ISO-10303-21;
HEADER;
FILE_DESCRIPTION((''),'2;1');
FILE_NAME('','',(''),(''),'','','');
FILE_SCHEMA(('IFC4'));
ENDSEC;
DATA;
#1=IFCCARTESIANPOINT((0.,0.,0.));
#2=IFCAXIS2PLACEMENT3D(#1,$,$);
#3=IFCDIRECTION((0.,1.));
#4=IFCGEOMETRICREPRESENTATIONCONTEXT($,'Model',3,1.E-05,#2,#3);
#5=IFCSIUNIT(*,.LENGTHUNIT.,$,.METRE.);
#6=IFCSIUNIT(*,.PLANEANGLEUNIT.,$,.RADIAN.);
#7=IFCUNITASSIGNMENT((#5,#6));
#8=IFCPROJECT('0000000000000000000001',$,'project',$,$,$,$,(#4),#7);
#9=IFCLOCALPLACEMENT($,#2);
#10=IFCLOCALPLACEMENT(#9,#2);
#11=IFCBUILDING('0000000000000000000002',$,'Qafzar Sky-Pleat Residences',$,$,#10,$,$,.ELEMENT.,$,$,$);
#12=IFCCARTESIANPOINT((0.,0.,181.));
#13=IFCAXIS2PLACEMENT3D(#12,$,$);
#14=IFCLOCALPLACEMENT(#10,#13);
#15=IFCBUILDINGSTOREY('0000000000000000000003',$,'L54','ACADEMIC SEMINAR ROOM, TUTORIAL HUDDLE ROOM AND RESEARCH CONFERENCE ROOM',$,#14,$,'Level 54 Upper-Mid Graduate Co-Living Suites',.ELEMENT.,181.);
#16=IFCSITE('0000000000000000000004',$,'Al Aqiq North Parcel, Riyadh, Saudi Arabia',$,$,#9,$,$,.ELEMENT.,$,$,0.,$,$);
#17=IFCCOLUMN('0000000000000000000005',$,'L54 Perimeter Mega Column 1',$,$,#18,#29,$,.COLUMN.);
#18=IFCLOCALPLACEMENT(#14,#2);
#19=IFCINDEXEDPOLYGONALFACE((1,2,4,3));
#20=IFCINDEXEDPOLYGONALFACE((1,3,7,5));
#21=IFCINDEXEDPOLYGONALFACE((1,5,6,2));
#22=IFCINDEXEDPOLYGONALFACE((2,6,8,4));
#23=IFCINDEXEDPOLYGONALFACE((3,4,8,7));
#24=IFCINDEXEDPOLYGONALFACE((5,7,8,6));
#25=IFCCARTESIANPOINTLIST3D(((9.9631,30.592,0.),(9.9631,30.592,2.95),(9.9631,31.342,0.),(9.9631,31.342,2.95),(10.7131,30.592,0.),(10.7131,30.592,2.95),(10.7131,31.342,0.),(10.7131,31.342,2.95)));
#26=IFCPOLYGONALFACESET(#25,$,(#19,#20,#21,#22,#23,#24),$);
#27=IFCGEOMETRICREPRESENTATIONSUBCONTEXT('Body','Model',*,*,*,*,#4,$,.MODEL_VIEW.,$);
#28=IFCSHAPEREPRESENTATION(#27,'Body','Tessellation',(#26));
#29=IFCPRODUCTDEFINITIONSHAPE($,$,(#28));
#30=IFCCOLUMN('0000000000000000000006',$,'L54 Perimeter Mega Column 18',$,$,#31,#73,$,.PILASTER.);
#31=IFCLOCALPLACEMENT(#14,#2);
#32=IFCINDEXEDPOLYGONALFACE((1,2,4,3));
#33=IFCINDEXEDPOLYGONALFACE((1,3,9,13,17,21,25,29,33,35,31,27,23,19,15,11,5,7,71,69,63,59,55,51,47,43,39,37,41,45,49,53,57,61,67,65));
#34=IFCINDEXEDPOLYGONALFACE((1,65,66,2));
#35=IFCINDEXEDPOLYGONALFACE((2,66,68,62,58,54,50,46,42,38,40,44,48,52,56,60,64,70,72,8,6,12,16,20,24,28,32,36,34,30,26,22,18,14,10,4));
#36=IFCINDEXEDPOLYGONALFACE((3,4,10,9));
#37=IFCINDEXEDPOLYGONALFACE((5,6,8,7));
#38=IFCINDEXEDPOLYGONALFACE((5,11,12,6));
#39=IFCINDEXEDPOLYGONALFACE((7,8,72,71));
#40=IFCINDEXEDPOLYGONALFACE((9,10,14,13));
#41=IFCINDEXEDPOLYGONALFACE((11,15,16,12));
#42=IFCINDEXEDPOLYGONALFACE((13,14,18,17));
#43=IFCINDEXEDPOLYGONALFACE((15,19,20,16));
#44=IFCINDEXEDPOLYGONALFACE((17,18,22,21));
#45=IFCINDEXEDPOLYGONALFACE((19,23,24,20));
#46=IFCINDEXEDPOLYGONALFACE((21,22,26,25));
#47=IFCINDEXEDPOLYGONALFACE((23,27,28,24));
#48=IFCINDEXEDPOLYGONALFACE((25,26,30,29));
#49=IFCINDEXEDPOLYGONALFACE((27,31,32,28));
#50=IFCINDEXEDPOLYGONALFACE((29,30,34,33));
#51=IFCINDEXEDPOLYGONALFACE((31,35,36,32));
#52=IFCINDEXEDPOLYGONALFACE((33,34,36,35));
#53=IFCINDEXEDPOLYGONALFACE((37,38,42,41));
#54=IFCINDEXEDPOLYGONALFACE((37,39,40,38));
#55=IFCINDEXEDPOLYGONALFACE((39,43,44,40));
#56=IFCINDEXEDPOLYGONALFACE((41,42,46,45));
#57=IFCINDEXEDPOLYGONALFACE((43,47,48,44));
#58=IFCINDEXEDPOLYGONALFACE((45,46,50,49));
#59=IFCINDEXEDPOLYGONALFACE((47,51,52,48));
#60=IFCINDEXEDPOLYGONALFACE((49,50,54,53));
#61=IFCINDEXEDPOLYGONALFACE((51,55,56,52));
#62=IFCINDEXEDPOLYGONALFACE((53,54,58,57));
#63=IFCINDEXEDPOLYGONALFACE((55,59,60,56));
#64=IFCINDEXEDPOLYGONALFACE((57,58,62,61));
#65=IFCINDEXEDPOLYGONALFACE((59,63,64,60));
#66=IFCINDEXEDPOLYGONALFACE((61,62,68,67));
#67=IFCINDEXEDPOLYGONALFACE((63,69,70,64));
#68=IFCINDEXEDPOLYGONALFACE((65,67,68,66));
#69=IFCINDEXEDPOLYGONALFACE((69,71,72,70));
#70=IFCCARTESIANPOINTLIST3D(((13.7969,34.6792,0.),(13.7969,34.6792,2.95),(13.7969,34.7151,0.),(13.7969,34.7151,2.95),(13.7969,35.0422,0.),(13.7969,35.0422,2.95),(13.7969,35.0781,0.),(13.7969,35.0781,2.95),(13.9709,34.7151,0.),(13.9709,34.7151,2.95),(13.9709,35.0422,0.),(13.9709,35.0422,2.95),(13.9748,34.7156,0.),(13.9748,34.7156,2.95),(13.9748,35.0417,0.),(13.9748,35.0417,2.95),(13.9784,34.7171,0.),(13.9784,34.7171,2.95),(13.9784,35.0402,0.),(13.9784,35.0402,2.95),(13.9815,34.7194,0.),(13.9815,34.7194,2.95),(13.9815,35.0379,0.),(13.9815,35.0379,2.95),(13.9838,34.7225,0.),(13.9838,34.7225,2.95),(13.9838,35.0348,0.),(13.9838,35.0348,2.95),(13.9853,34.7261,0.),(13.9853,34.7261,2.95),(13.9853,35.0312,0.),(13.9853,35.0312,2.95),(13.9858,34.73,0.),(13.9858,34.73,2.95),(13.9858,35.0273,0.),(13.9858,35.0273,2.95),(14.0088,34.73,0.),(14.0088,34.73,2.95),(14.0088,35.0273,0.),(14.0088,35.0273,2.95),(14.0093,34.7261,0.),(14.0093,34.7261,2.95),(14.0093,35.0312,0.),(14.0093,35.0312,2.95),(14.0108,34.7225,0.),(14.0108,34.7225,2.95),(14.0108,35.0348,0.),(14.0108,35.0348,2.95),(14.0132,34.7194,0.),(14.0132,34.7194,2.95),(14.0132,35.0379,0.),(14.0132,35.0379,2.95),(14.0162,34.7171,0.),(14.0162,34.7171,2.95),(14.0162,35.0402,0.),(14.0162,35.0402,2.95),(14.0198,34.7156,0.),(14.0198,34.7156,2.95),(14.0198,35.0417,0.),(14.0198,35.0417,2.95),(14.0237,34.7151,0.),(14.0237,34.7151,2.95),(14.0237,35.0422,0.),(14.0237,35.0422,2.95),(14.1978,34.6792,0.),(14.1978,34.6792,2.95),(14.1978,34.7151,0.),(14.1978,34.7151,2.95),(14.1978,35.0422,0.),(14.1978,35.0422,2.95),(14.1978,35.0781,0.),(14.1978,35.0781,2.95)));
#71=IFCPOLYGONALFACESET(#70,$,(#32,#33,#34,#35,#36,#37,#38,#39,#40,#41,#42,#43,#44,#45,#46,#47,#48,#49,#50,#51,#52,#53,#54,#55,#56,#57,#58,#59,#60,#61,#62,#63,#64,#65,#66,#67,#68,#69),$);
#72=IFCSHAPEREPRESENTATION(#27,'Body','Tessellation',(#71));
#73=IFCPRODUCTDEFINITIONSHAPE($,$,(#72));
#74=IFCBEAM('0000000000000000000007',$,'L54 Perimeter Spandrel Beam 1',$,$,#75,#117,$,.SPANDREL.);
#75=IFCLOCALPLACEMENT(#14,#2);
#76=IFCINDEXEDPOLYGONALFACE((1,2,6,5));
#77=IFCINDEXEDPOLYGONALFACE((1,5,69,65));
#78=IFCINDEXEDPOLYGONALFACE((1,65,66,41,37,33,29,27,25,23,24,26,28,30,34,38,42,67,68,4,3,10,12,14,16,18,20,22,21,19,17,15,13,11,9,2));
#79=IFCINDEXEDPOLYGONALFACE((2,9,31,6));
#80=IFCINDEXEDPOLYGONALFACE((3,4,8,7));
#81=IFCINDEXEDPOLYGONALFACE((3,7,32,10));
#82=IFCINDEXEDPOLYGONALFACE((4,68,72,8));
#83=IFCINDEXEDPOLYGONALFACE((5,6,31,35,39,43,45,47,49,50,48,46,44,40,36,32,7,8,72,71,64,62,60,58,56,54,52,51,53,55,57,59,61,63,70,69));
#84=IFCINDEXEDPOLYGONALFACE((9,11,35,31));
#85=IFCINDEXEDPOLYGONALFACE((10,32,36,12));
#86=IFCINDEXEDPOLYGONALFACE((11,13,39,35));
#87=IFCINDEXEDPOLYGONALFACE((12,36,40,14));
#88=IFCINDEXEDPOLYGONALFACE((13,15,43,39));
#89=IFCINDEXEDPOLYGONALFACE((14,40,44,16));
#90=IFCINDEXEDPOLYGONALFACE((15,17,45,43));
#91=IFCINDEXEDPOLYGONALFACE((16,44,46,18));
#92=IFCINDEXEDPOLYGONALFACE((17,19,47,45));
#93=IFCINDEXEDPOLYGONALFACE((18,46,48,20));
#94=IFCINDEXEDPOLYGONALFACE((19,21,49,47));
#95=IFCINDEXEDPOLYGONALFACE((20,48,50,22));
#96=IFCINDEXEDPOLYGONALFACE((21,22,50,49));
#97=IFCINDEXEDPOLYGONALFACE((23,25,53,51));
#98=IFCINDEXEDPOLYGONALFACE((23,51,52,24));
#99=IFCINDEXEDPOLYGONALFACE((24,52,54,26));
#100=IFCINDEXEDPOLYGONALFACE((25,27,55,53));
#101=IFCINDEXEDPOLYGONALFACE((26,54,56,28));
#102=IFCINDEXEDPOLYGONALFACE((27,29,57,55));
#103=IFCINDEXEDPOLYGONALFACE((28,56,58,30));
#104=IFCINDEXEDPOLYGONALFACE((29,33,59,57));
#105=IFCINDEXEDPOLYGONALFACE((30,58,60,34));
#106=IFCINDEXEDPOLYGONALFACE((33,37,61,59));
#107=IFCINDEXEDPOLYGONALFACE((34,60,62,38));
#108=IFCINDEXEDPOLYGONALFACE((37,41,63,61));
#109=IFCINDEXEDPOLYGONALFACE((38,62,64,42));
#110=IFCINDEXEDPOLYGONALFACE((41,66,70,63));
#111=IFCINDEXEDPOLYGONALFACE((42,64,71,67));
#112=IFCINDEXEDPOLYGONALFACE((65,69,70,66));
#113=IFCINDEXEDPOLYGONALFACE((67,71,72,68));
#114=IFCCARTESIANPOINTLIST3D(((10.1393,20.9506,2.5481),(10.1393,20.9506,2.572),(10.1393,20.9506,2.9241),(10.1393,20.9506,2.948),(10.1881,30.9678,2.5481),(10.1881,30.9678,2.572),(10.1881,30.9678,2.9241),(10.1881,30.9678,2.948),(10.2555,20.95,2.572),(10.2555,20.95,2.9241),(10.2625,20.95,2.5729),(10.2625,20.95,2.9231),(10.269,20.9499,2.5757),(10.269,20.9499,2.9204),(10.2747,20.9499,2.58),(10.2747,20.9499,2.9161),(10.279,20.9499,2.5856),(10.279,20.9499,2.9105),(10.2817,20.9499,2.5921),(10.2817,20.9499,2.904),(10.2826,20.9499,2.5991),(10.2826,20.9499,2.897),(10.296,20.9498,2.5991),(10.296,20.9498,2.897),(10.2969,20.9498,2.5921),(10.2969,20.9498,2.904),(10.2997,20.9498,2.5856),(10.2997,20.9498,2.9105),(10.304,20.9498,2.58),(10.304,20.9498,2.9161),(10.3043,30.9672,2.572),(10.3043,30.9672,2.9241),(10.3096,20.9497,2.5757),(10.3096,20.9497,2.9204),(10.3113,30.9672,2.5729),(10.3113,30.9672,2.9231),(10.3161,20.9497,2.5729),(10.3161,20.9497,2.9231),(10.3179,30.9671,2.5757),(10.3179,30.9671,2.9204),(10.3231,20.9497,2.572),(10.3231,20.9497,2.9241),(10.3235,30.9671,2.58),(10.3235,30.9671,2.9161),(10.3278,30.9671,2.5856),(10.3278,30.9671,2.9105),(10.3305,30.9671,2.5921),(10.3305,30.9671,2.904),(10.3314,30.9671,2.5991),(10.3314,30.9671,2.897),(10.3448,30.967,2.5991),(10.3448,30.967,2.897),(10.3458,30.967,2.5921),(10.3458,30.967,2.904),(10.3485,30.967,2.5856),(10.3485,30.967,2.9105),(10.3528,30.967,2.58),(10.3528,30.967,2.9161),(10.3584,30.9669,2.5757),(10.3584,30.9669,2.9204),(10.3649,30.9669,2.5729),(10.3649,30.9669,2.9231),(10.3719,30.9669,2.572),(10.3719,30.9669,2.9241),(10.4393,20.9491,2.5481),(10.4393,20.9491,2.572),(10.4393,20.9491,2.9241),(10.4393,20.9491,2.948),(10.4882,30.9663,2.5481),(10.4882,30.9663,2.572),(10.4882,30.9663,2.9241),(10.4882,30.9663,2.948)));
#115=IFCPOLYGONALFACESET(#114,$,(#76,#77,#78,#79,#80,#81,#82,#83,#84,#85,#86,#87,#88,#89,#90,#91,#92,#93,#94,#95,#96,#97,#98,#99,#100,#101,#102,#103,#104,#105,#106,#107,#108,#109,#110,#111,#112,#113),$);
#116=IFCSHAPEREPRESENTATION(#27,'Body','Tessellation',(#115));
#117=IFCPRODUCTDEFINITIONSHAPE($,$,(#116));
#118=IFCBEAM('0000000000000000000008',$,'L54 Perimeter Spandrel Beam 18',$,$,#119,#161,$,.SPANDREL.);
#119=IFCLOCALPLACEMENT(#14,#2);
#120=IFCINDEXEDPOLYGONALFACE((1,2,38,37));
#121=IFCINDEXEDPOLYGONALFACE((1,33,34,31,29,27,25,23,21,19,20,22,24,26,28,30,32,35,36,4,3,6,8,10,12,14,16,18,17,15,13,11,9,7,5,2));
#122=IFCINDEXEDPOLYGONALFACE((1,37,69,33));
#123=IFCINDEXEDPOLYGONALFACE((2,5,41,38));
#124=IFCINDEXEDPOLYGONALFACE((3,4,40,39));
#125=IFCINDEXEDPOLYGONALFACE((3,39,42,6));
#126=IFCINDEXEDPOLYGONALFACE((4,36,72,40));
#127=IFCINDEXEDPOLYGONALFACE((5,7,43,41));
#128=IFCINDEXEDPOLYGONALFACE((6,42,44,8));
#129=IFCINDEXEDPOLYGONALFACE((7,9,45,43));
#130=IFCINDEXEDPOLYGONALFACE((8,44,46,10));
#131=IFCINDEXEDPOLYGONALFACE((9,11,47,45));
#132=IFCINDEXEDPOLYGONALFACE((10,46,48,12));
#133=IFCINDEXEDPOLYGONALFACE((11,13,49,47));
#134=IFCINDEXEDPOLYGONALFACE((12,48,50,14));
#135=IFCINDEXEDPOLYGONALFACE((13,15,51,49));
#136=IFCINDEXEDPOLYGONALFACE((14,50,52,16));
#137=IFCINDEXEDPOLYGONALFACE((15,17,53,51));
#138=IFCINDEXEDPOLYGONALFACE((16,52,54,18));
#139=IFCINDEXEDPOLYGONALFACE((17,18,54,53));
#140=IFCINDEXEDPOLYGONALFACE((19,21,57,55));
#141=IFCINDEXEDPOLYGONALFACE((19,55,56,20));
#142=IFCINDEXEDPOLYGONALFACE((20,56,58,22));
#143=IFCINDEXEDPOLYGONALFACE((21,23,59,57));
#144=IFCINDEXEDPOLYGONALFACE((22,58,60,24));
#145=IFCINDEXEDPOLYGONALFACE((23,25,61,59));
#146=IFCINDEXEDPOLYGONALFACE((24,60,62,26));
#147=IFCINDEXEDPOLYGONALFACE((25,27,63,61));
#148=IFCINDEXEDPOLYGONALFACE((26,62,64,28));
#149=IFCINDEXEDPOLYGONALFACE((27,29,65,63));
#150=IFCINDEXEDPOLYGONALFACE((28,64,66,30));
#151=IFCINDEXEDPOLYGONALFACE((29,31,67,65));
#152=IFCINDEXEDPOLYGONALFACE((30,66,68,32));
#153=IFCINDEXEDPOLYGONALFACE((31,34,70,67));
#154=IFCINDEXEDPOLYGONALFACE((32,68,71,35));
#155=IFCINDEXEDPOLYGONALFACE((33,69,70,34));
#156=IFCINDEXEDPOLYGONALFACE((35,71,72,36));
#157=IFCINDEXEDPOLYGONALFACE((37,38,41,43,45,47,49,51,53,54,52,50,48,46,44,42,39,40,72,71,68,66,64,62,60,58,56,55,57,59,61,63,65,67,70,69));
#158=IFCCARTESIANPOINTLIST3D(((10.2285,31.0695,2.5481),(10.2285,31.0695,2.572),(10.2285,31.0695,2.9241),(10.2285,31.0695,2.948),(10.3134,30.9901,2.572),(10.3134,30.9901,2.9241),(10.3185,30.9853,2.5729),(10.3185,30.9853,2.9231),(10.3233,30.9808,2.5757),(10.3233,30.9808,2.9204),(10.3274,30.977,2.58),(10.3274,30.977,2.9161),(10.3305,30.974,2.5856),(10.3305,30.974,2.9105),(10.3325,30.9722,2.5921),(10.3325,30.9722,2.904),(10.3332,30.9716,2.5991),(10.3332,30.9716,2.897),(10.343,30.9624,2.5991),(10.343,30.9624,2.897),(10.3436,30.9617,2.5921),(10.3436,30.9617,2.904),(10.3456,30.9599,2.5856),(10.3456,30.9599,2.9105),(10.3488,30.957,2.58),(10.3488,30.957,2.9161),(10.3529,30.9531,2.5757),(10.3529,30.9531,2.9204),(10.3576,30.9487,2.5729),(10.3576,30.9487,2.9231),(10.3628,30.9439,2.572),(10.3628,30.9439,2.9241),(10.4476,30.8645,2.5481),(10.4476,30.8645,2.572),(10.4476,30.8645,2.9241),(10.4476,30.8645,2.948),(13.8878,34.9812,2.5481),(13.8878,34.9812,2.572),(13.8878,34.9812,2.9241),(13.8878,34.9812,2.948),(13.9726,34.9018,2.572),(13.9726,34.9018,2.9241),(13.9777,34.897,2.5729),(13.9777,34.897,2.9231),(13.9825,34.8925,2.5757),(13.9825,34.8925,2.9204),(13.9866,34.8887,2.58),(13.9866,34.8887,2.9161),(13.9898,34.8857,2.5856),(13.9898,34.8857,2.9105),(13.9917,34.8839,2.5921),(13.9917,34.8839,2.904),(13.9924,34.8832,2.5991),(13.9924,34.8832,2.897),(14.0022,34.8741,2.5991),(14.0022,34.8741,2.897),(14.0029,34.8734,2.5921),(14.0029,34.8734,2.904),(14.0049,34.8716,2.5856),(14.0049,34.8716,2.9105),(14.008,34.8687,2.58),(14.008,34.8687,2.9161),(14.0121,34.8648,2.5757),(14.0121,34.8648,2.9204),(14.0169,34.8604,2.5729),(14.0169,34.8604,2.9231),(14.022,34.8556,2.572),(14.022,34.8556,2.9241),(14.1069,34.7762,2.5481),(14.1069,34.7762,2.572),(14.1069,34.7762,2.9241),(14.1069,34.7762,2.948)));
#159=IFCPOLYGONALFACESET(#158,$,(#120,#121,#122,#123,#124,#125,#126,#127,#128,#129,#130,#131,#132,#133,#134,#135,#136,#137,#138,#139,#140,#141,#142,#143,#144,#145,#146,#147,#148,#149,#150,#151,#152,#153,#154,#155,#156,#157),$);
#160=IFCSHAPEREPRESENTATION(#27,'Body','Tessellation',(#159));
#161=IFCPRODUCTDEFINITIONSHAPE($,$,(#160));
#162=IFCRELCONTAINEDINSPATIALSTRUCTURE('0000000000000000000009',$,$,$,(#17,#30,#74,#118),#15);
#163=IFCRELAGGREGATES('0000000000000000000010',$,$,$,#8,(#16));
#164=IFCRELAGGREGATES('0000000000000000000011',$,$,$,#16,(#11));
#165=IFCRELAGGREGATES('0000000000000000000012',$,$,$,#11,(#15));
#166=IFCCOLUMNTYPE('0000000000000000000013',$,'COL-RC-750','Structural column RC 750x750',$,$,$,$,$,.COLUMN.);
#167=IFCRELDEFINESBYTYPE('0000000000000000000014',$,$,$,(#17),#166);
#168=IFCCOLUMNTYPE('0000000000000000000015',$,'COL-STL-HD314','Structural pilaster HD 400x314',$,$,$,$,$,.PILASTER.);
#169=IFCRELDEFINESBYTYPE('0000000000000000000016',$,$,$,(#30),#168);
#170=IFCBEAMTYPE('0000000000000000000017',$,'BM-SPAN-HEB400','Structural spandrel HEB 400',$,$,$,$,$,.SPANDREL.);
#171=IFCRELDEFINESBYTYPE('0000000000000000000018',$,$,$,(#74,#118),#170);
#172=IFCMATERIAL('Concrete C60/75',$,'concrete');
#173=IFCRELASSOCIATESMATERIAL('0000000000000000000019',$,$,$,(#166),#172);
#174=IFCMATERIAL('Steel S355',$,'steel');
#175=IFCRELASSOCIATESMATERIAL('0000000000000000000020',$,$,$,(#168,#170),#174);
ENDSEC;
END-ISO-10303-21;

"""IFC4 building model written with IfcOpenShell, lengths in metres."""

from ifc_helpers import new_model, si_unit, direction, frame, origin, origin_2d, place, context, subcontext, project, spatial, rectangle, i_section, extrude, source, transform, mapped, material, material_profile, profile_set, type_object, element, save


model = new_model("IFC4")

# Units and contexts
model_context = context("Model", 3, precision=1e-05, world=origin(), true_north=direction((0.0, 1.0)))
body_context = subcontext(model_context, "Body", "Model", "MODEL_VIEW")
ifc_project = project(units=[si_unit("LENGTHUNIT", "METRE"), si_unit("PLANEANGLEUNIT", "RADIAN")], contexts=[model_context])

# Site, building, storey
site_placement = place(None, origin())
site = spatial("IfcSite", under=ifc_project, at=site_placement, Name="Al Aqiq North Parcel, Riyadh, Saudi Arabia", CompositionType="ELEMENT", RefElevation=0.0)
building_placement = place(site_placement, origin())
building = spatial("IfcBuilding", under=site, at=building_placement, Name="Qafzar Sky-Pleat Residences", CompositionType="ELEMENT")
storey_placement = place(building_placement, frame((0.0, 0.0, 181.0)))
storey = spatial("IfcBuildingStorey", under=building, at=storey_placement, Name="L54", Description="ACADEMIC SEMINAR ROOM, TUTORIAL HUDDLE ROOM AND RESEARCH CONFERENCE ROOM", LongName="Level 54 Upper-Mid Graduate Co-Living Suites", CompositionType="ELEMENT", Elevation=181.0)

# Columns
ifc_material_1 = material(Name="Concrete C60/75", Category="concrete")
ifc_material_profile_1 = material_profile(ifc_material_1, rectangle(XDim=0.75, YDim=0.75, at=origin_2d()), Name="RC 750x750")
ifc_profile_set_1 = profile_set([ifc_material_profile_1], Name="Concrete C60/75")
column_type_1 = type_object("IfcColumnType", Name="COL-RC-750", Description="Structural column RC 750x750", PredefinedType="COLUMN", material=ifc_profile_set_1)
shared_shape_1 = source(origin(), body_context, "Body", "SweptSolid", [
    extrude(rectangle(XDim=0.75, YDim=0.75, at=origin_2d()), origin(), (0.0, 0.0, 1.0), 2.95),
])
column_1_placement = place(storey_placement, frame((10.3381, 30.967, 0.0), z_axis=(0.0, 0.0, 1.0), x_axis=(1.0, 0.0, 0.0)))
element("IfcColumn", 1, at=column_1_placement, inside=storey, type_object=column_type_1, Name="L54 Perimeter Mega Column 1", PredefinedType="COLUMN", context=body_context, shape_type="MappedRepresentation", body=[
    mapped(shared_shape_1, transform((0.0, 0.0, 0.0), x_axis=(1.0, 0.0, 0.0), y_axis=(0.0, 1.0, 0.0), z_axis=(0.0, 0.0, 1.0), scale=1.0)),
])
ifc_material_2 = material(Name="Steel S355", Category="steel")
ifc_material_profile_2 = material_profile(ifc_material_2, i_section(OverallWidth=0.4009, OverallDepth=0.3989, WebThickness=0.0229, FlangeThickness=0.0359, FilletRadius=0.0149, at=origin_2d()), Name="HD 400x314")
ifc_profile_set_2 = profile_set([ifc_material_profile_2], Name="Steel S355")
column_type_2 = type_object("IfcColumnType", Name="COL-STL-HD314", Description="Structural pilaster HD 400x314", PredefinedType="PILASTER", material=ifc_profile_set_2)
shared_shape_2 = source(origin(), body_context, "Body", "SweptSolid", [
    extrude(i_section(OverallWidth=0.4009, OverallDepth=0.3989, WebThickness=0.0229, FlangeThickness=0.0359, FilletRadius=0.0149, at=origin_2d()), origin(), (0.0, 0.0, 1.0), 2.95),
])
column_2_placement = place(storey_placement, frame((13.9973, 34.8787, 0.0), z_axis=(0.0, 0.0, 1.0), x_axis=(1.0, 0.0, 0.0)))
element("IfcColumn", 2, at=column_2_placement, inside=storey, type_object=column_type_2, Name="L54 Perimeter Mega Column 18", PredefinedType="PILASTER", context=body_context, shape_type="MappedRepresentation", body=[
    mapped(shared_shape_2, transform((0.0, 0.0, 0.0), x_axis=(1.0, 0.0, 0.0), y_axis=(0.0, 1.0, 0.0), z_axis=(0.0, 0.0, 1.0), scale=1.0)),
])

# Beams
ifc_material_profile_3 = material_profile(ifc_material_2, i_section(OverallWidth=0.3, OverallDepth=0.3999, WebThickness=0.0134, FlangeThickness=0.0239, FilletRadius=0.0271, at=origin_2d()), Name="HEB 400")
ifc_profile_set_3 = profile_set([ifc_material_profile_3], Name="Steel S355")
beam_type_1 = type_object("IfcBeamType", Name="BM-SPAN-HEB400", Description="Structural spandrel HEB 400", PredefinedType="SPANDREL", material=ifc_profile_set_3)
shared_shape_3 = source(origin(), body_context, "Body", "SweptSolid", [
    extrude(i_section(OverallWidth=0.3, OverallDepth=0.3999, WebThickness=0.0134, FlangeThickness=0.0239, FilletRadius=0.0271, at=origin_2d()), origin(), (0.0, 0.0, 1.0), 10.0173),
])
beam_1_placement = place(storey_placement, frame((10.3381, 30.967, 2.748), z_axis=(-0.004874, -0.999988, 0.0), x_axis=(0.999988, -0.004874, 0.0)))
element("IfcBeam", 3, at=beam_1_placement, inside=storey, type_object=beam_type_1, Name="L54 Perimeter Spandrel Beam 1", PredefinedType="SPANDREL", context=body_context, shape_type="MappedRepresentation", body=[
    mapped(shared_shape_3, transform((0.0, 0.0, 0.0), x_axis=(1.0, 0.0, 0.0), y_axis=(0.0, 1.0, 0.0), z_axis=(0.0, 0.0, 1.0), scale=1.0)),
])
shared_shape_4 = source(origin(), body_context, "Body", "SweptSolid", [
    extrude(i_section(OverallWidth=0.3, OverallDepth=0.3999, WebThickness=0.0134, FlangeThickness=0.0239, FilletRadius=0.0271, at=origin_2d()), origin(), (0.0, 0.0, 1.0), 5.3564),
])
beam_2_placement = place(storey_placement, frame((13.9973, 34.8787, 2.748), z_axis=(-0.683149, -0.730279, 0.0), x_axis=(0.730279, -0.683149, 0.0)))
element("IfcBeam", 4, at=beam_2_placement, inside=storey, type_object=beam_type_1, Name="L54 Perimeter Spandrel Beam 18", PredefinedType="SPANDREL", context=body_context, shape_type="MappedRepresentation", body=[
    mapped(shared_shape_4, transform((0.0, 0.0, 0.0), x_axis=(1.0, 0.0, 0.0), y_axis=(0.0, 1.0, 0.0), z_axis=(0.0, 0.0, 1.0), scale=1.0)),
])

save(model, "model.ifc")
